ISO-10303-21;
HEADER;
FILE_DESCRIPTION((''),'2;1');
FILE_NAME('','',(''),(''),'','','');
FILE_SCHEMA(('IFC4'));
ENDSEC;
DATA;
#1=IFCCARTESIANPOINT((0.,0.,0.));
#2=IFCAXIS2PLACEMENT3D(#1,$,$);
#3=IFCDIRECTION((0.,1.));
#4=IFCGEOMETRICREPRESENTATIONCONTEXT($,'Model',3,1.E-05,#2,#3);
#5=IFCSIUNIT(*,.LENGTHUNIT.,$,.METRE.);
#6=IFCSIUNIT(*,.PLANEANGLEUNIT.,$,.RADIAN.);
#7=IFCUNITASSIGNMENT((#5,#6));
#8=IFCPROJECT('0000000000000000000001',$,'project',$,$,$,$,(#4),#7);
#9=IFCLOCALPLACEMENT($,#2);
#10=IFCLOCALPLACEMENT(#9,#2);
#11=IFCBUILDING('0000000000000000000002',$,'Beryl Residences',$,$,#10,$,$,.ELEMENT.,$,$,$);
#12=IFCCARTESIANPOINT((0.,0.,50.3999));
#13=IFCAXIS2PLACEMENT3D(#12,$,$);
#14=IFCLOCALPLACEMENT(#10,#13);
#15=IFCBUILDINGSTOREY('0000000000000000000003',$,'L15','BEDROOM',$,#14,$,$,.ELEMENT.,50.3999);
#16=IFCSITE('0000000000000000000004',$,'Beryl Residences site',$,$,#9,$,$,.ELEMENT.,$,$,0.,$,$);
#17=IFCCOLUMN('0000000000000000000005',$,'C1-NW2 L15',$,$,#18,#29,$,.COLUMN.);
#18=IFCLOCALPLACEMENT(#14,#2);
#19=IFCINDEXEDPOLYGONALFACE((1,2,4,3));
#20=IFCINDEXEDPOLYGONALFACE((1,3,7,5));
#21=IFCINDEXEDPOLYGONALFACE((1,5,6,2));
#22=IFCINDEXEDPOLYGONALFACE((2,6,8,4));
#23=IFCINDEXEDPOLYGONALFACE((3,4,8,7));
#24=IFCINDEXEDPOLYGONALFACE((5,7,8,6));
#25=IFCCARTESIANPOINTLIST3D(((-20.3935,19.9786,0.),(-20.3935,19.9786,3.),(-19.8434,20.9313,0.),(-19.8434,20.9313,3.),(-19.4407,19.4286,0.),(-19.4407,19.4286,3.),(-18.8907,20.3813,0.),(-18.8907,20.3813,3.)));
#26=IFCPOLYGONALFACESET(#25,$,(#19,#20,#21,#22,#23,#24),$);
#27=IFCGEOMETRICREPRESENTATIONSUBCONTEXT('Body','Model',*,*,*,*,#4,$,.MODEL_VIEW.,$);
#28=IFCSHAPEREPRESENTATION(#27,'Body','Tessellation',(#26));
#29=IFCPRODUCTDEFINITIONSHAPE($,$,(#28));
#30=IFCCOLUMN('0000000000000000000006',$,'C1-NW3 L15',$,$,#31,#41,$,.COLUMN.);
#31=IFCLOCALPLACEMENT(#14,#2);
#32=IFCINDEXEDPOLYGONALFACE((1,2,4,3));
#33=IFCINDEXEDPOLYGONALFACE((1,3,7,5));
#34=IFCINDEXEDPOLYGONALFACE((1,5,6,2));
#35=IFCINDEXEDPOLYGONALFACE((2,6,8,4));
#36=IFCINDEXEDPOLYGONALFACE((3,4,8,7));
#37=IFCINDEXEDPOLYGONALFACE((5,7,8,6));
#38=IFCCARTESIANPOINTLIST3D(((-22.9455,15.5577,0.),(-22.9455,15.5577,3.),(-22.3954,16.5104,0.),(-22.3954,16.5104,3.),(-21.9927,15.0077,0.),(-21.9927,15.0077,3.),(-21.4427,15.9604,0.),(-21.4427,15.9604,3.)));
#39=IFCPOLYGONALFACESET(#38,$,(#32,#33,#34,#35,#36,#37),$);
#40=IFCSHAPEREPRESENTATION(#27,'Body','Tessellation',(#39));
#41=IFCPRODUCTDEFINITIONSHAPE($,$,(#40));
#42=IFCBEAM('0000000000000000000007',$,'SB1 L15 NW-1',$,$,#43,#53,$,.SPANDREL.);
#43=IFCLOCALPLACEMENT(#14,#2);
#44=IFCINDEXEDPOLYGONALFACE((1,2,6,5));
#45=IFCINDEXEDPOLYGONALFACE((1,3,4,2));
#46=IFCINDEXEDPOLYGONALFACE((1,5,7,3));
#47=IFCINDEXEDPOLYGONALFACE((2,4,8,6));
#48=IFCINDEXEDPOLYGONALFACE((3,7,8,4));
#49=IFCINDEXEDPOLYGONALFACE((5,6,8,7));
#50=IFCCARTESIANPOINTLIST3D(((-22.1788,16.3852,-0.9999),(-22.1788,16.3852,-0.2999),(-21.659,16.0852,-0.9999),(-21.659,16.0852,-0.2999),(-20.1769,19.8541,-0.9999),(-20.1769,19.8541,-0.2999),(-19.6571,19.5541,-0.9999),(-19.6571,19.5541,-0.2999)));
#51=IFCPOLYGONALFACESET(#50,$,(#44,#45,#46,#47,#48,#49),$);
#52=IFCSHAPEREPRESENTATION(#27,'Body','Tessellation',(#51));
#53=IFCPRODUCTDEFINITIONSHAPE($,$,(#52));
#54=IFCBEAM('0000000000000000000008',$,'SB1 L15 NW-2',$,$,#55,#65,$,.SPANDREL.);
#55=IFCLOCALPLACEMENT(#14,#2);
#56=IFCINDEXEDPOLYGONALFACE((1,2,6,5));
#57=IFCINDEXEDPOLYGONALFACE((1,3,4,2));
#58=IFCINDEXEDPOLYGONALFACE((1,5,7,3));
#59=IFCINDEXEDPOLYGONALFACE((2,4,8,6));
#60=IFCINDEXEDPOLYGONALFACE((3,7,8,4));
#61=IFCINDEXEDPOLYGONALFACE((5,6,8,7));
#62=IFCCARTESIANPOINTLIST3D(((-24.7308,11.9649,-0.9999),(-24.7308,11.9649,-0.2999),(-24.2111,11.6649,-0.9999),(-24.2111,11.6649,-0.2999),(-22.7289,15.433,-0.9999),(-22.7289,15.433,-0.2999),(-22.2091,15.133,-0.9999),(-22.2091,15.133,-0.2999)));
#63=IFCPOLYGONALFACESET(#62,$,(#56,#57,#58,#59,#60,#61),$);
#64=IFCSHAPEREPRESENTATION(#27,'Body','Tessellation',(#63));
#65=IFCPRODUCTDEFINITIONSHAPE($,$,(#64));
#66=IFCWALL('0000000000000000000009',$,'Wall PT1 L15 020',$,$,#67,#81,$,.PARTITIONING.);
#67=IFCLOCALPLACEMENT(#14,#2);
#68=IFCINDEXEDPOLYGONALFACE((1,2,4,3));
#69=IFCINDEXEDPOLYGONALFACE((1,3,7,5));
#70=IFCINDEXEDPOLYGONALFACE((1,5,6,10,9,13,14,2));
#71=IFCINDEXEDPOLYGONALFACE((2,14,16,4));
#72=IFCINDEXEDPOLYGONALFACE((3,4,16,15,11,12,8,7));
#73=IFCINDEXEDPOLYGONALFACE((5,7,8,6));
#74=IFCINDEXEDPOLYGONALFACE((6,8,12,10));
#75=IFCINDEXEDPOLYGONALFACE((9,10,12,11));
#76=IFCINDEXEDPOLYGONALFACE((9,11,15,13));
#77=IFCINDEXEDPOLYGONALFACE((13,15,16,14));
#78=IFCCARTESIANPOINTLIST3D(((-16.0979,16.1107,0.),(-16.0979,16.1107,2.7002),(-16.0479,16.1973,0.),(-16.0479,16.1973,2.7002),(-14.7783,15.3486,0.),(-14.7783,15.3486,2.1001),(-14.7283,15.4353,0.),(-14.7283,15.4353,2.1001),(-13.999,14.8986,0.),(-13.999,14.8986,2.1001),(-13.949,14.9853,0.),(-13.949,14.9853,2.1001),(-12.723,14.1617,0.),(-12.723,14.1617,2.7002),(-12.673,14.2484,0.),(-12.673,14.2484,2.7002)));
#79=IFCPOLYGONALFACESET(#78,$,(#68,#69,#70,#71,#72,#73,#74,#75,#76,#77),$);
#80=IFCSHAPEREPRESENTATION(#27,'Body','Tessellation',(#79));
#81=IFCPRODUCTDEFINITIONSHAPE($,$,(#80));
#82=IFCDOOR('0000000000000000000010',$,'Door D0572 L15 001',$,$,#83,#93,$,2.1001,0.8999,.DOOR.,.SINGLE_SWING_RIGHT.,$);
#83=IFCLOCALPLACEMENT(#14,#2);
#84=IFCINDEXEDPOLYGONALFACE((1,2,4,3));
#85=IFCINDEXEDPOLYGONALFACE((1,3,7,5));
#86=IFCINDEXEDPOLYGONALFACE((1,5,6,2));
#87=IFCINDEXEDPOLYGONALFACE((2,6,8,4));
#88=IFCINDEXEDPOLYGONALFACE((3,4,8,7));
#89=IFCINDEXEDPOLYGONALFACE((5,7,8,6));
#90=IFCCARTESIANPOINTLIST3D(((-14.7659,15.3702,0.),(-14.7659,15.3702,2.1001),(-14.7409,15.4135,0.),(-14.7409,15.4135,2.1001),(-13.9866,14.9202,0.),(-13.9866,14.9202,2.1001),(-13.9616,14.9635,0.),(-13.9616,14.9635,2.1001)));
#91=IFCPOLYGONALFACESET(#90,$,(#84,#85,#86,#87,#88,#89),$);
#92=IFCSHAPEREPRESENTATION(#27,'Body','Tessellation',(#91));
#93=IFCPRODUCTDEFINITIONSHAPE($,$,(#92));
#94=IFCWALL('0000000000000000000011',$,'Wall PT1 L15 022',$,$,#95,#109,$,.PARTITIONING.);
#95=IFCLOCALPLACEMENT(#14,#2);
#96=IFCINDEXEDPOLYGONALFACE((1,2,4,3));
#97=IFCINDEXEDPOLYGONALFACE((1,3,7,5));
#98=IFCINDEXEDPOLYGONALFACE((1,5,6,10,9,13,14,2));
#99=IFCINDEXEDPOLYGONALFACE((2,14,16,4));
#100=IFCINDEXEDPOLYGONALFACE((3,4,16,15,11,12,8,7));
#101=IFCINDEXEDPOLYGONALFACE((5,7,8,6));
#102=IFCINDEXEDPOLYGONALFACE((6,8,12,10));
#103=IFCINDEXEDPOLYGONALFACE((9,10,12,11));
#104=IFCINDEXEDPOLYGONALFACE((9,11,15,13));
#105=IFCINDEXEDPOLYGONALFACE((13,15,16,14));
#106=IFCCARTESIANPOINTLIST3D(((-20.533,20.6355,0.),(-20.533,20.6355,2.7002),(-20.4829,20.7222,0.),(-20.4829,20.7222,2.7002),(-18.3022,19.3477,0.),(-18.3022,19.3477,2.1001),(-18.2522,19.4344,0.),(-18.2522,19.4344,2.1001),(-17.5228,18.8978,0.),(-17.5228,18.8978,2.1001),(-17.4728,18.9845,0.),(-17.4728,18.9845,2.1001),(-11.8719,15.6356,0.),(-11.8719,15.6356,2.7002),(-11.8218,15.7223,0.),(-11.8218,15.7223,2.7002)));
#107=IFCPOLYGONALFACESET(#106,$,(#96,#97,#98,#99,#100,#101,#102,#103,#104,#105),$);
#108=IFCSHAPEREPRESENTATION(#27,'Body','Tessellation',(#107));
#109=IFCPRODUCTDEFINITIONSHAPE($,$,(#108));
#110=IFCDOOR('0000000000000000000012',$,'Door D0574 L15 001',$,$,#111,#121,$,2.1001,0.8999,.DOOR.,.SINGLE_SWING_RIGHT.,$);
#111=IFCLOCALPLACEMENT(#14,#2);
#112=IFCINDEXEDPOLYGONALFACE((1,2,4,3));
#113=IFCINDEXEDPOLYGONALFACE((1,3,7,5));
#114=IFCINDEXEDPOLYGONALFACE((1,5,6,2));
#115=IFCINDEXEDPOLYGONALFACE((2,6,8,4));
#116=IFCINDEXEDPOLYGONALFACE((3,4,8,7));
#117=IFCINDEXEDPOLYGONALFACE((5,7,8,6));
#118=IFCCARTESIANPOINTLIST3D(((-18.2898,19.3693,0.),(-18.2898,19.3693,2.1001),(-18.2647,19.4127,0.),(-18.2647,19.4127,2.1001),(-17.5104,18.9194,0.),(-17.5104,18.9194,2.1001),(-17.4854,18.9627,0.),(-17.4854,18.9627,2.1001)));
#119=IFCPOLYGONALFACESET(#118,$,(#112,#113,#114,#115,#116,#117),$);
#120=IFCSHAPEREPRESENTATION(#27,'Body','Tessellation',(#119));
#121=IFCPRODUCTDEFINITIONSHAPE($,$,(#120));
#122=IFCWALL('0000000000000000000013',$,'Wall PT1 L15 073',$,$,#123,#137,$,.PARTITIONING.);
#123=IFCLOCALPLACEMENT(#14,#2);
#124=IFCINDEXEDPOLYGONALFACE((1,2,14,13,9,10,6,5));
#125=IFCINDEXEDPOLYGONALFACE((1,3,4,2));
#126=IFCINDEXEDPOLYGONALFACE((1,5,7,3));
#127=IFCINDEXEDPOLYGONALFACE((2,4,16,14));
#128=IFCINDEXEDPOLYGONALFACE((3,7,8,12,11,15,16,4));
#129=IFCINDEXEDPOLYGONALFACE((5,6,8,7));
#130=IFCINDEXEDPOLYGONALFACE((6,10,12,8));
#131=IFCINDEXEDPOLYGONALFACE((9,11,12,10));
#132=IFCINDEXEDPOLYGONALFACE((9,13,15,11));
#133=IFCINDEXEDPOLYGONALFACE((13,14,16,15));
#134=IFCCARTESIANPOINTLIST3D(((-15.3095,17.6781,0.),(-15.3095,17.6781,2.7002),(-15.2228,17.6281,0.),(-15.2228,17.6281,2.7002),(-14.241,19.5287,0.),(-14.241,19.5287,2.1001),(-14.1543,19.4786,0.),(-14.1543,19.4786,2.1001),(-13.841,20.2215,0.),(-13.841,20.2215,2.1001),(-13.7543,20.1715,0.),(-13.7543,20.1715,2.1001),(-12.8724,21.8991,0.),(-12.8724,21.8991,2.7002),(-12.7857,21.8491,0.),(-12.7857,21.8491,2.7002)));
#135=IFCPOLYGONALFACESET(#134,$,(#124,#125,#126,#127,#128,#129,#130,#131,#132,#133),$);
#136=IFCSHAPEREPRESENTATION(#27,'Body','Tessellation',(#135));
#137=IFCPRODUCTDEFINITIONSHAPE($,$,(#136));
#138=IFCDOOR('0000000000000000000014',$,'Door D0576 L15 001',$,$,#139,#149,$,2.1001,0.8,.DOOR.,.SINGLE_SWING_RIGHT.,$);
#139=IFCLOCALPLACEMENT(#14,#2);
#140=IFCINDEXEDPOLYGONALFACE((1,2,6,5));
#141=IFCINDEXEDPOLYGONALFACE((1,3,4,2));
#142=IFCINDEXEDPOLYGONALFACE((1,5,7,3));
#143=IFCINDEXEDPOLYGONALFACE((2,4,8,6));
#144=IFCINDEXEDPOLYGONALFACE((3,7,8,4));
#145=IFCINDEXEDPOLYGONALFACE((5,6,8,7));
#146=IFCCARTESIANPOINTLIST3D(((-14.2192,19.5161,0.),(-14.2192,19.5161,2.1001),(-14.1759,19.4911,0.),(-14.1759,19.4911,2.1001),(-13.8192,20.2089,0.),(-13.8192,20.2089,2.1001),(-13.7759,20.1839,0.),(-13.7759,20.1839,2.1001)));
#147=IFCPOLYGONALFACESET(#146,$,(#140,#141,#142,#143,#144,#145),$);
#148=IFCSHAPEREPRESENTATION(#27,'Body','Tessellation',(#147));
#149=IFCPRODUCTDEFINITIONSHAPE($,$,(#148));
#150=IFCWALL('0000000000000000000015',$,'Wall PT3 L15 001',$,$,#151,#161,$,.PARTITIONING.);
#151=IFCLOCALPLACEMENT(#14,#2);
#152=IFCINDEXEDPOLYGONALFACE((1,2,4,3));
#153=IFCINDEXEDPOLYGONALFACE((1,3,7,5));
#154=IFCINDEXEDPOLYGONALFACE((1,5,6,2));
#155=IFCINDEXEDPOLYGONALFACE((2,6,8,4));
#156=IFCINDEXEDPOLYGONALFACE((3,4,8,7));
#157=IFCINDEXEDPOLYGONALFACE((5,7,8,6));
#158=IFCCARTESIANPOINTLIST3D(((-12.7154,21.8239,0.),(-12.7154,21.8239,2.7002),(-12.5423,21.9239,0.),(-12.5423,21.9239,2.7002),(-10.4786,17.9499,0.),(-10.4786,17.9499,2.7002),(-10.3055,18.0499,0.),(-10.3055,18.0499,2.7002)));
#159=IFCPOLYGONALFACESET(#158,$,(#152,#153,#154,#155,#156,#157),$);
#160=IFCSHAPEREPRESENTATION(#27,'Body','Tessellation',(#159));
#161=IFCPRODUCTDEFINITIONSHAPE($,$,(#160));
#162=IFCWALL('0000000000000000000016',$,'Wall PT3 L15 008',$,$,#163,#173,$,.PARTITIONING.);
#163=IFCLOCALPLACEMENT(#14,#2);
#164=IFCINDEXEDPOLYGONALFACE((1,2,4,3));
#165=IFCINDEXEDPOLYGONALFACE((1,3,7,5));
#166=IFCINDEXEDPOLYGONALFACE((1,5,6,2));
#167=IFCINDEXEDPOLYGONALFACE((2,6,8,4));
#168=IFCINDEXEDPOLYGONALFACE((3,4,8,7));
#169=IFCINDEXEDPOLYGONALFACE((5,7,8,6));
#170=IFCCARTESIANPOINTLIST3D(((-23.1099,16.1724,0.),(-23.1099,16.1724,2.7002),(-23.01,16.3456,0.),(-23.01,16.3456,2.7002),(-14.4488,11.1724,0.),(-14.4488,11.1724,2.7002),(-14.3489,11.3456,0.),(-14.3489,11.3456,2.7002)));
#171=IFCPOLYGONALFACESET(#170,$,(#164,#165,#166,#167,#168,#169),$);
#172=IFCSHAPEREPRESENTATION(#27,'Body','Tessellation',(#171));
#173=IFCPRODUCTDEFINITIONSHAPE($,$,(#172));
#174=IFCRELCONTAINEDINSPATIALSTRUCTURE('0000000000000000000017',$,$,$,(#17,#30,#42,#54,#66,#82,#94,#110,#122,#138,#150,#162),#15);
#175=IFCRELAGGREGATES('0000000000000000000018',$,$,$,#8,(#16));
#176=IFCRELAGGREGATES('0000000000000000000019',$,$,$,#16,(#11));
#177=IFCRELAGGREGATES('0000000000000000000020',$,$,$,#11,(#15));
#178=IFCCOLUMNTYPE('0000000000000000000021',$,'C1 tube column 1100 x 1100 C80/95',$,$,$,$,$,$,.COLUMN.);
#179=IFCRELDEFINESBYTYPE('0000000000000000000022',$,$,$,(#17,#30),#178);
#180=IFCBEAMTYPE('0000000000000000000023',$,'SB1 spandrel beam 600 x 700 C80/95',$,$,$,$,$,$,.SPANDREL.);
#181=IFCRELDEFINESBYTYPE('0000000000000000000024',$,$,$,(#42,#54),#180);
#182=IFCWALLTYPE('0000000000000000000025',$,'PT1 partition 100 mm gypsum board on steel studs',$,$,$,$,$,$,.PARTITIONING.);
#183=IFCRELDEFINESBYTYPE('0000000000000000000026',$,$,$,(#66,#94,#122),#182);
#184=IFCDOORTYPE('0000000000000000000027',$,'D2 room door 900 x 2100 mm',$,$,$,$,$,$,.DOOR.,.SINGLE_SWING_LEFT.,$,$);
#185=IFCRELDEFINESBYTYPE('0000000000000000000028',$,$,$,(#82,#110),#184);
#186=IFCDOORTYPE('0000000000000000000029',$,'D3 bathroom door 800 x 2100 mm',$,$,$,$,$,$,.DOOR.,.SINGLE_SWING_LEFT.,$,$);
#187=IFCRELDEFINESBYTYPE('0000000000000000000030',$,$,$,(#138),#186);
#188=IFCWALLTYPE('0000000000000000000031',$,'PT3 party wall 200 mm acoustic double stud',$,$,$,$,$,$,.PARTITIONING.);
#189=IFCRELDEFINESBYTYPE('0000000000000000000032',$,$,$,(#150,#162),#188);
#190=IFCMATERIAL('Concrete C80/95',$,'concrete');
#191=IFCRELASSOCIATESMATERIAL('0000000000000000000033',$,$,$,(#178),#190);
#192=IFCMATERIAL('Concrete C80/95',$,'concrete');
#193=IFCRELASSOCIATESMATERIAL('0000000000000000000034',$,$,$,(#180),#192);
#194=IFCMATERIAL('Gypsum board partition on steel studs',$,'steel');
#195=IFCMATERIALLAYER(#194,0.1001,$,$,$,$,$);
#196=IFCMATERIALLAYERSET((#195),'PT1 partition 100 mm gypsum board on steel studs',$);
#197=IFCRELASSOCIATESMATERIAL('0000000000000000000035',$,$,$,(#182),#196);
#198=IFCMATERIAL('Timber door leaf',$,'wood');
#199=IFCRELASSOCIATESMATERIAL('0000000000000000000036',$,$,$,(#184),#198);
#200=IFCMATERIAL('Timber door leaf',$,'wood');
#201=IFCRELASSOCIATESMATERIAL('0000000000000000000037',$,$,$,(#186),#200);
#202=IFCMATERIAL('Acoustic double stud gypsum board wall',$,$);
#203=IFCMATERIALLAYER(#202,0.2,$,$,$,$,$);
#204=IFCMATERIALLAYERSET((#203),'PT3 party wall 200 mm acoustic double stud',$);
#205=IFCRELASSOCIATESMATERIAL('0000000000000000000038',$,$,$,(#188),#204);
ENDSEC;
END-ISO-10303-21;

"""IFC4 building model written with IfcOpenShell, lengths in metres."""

from ifc_helpers import new_model, si_unit, direction, frame, frame_2d, origin, origin_2d, place, context, subcontext, project, spatial, rectangle, extrude, material, layer, layer_set, material_profile, profile_set, type_object, element, fill, save


model = new_model("IFC4")

# Units and contexts
model_context = context("Model", 3, precision=1e-05, world=origin(), true_north=direction((0.0, 1.0)))
body_context = subcontext(model_context, "Body", "Model", "MODEL_VIEW")
ifc_project = project(units=[si_unit("LENGTHUNIT", "METRE"), si_unit("PLANEANGLEUNIT", "RADIAN")], contexts=[model_context])

# Site, building, storey
site_placement = place(None, origin())
site = spatial("IfcSite", under=ifc_project, at=site_placement, Name="Beryl Residences site", CompositionType="ELEMENT", RefElevation=0.0)
building_placement = place(site_placement, origin())
building = spatial("IfcBuilding", under=site, at=building_placement, Name="Beryl Residences", CompositionType="ELEMENT")
storey_placement = place(building_placement, frame((0.0, 0.0, 50.3999)))
storey = spatial("IfcBuildingStorey", under=building, at=storey_placement, Name="L15", Description="BEDROOM", CompositionType="ELEMENT", Elevation=50.3999)

# Columns
ifc_material_1 = material(Name="Concrete C80/95", Category="concrete")
ifc_material_profile_1 = material_profile(ifc_material_1, rectangle(XDim=1.1001, YDim=1.1001, at=origin_2d()))
ifc_profile_set_1 = profile_set([ifc_material_profile_1], Name="Concrete C80/95")
column_type = type_object("IfcColumnType", Name="C1 tube column 1100 x 1100 C80/95", PredefinedType="COLUMN", material=ifc_profile_set_1)
for number, where, z_axis, x_axis, name in (
    (1, (-19.6421, 20.1799, 0.0), (0.0, 0.0, 1.0), (-0.499985, -0.866034, 0.0), "C1-NW2 L15"),
    (2, (-22.1941, 15.759, 0.0), (0.0, 0.0, 1.0), (-0.499985, -0.866034, 0.0), "C1-NW3 L15"),
):
    element("IfcColumn", number, at=place(storey_placement, frame(where, z_axis=z_axis, x_axis=x_axis)), inside=storey, type_object=column_type, Name=name, PredefinedType="COLUMN", context=body_context, shape_type="SweptSolid", body=[
        extrude(rectangle(XDim=1.1001, YDim=1.1001, at=origin_2d()), origin(), (0.0, 0.0, 1.0), 3.0),
    ])

# Beams
ifc_material_2 = material(Name="Concrete C80/95", Category="concrete")
ifc_material_profile_2 = material_profile(ifc_material_2, rectangle(XDim=0.6001, YDim=0.7, at=origin_2d()))
ifc_profile_set_2 = profile_set([ifc_material_profile_2], Name="Concrete C80/95")
beam_type = type_object("IfcBeamType", Name="SB1 spandrel beam 600 x 700 C80/95", PredefinedType="SPANDREL", material=ifc_profile_set_2)
beam_1_placement = place(storey_placement, frame((-19.917, 19.7041, -0.6499), z_axis=(-0.499837, -0.86612, 0.0), x_axis=(0.86612, -0.499837, 0.0)))
element("IfcBeam", 3, at=beam_1_placement, inside=storey, type_object=beam_type, Name="SB1 L15 NW-1", PredefinedType="SPANDREL", context=body_context, shape_type="SweptSolid", body=[
    extrude(rectangle(XDim=0.6001, YDim=0.7, at=origin_2d()), origin(), (0.0, 0.0, 1.0), 4.0051),
])
beam_2_placement = place(storey_placement, frame((-22.469, 15.283, -0.6499), z_axis=(-0.499942, -0.866059, 0.0), x_axis=(0.866059, -0.499942, 0.0)))
element("IfcBeam", 4, at=beam_2_placement, inside=storey, type_object=beam_type, Name="SB1 L15 NW-2", PredefinedType="SPANDREL", context=body_context, shape_type="SweptSolid", body=[
    extrude(rectangle(XDim=0.6001, YDim=0.7, at=origin_2d()), origin(), (0.0, 0.0, 1.0), 4.0044),
])

# Walls, openings, doors
ifc_material_3 = material(Name="Gypsum board partition on steel studs", Category="steel")
ifc_layer_1 = layer(ifc_material_3, 0.1001)
ifc_layer_set_1 = layer_set([ifc_layer_1], Name="PT1 partition 100 mm gypsum board on steel studs")
wall_type_1 = type_object("IfcWallType", Name="PT1 partition 100 mm gypsum board on steel studs", PredefinedType="PARTITIONING", material=ifc_layer_set_1)
wall_1_placement = place(storey_placement, frame((-16.073, 16.1541, 0.0), z_axis=(0.0, 0.0, 1.0), x_axis=(0.865979, -0.50008, 0.0)))
wall_1 = element("IfcWall", 5, at=wall_1_placement, inside=storey, type_object=wall_type_1, Name="Wall PT1 L15 020", PredefinedType="PARTITIONING", context=body_context, shape_type="SweptSolid", body=[
    extrude(rectangle(XDim=3.8972, YDim=0.1001, at=frame_2d((1.9487, 0.0))), origin(), (0.0, 0.0, 1.0), 2.7002),
])
opening_1_placement = place(wall_1_placement, frame((1.5239, 0.0, 0.0)))
opening_1 = element("IfcOpeningElement", 6, at=opening_1_placement, cuts=wall_1, PredefinedType="OPENING", context=body_context, shape_type="SweptSolid", body=[
    extrude(rectangle(XDim=0.8999, YDim=2.1001, at=frame_2d((0.45, 1.05))), frame((0.0, 0.0601, 0.0), z_axis=(0.0, -1.0, 0.0), x_axis=(1.0, 0.0, 0.0)), (0.0, 0.0, 1.0), 0.1201),
])
ifc_material_4 = material(Name="Timber door leaf", Category="wood")
door_type_1 = type_object("IfcDoorType", Name="D2 room door 900 x 2100 mm", OperationType="SINGLE_SWING_LEFT", PredefinedType="DOOR", material=ifc_material_4)
door_1_placement = place(opening_1_placement, origin())
door_1 = element("IfcDoor", 7, at=door_1_placement, inside=storey, type_object=door_type_1, Name="Door D0572 L15 001", OperationType="SINGLE_SWING_RIGHT", OverallHeight=2.1001, OverallWidth=0.8999, PredefinedType="DOOR", context=body_context, shape_type="SweptSolid", body=[
    extrude(rectangle(XDim=0.8999, YDim=2.1001, at=frame_2d((0.45, 1.05))), frame((0.0, 0.0249, 0.0), z_axis=(0.0, -1.0, 0.0), x_axis=(1.0, 0.0, 0.0)), (0.0, 0.0, 1.0), 0.05),
])
fill(opening_1, door_1)
wall_2_placement = place(storey_placement, frame((-20.5081, 20.679, 0.0), z_axis=(0.0, 0.0, 1.0), x_axis=(0.866047, -0.499962, 0.0)))
wall_2 = element("IfcWall", 8, at=wall_2_placement, inside=storey, type_object=wall_type_1, Name="Wall PT1 L15 022", PredefinedType="PARTITIONING", context=body_context, shape_type="SweptSolid", body=[
    extrude(rectangle(XDim=10.0007, YDim=0.1001, at=frame_2d((5.0005, 0.0))), origin(), (0.0, 0.0, 1.0), 2.7002),
])
opening_2_placement = place(wall_2_placement, frame((2.5759, 0.0, 0.0)))
opening_2 = element("IfcOpeningElement", 9, at=opening_2_placement, cuts=wall_2, PredefinedType="OPENING", context=body_context, shape_type="SweptSolid", body=[
    extrude(rectangle(XDim=0.8999, YDim=2.1001, at=frame_2d((0.45, 1.05))), frame((0.0, 0.0601, 0.0), z_axis=(0.0, -1.0, 0.0), x_axis=(1.0, 0.0, 0.0)), (0.0, 0.0, 1.0), 0.1201),
])
door_2_placement = place(opening_2_placement, origin())
door_2 = element("IfcDoor", 10, at=door_2_placement, inside=storey, type_object=door_type_1, Name="Door D0574 L15 001", OperationType="SINGLE_SWING_RIGHT", OverallHeight=2.1001, OverallWidth=0.8999, PredefinedType="DOOR", context=body_context, shape_type="SweptSolid", body=[
    extrude(rectangle(XDim=0.8999, YDim=2.1001, at=frame_2d((0.45, 1.05))), frame((0.0, 0.0249, 0.0), z_axis=(0.0, -1.0, 0.0), x_axis=(1.0, 0.0, 0.0)), (0.0, 0.0, 1.0), 0.05),
])
fill(opening_2, door_2)
wall_3_placement = place(storey_placement, frame((-15.2661, 17.6531, 0.0), z_axis=(0.0, 0.0, 1.0), x_axis=(0.500007, 0.866021, 0.0)))
wall_3 = element("IfcWall", 11, at=wall_3_placement, inside=storey, type_object=wall_type_1, Name="Wall PT1 L15 073", PredefinedType="PARTITIONING", context=body_context, shape_type="SweptSolid", body=[
    extrude(rectangle(XDim=4.874, YDim=0.1001, at=frame_2d((2.437, 0.0))), origin(), (0.0, 0.0, 1.0), 2.7002),
])
opening_3_placement = place(wall_3_placement, frame((2.137, 0.0, 0.0)))
opening_3 = element("IfcOpeningElement", 12, at=opening_3_placement, cuts=wall_3, PredefinedType="OPENING", context=body_context, shape_type="SweptSolid", body=[
    extrude(rectangle(XDim=0.8, YDim=2.1001, at=frame_2d((0.3999, 1.05))), frame((0.0, 0.0601, 0.0), z_axis=(0.0, -1.0, 0.0), x_axis=(1.0, 0.0, 0.0)), (0.0, 0.0, 1.0), 0.1201),
])
ifc_material_5 = material(Name="Timber door leaf", Category="wood")
door_type_2 = type_object("IfcDoorType", Name="D3 bathroom door 800 x 2100 mm", OperationType="SINGLE_SWING_LEFT", PredefinedType="DOOR", material=ifc_material_5)
door_3_placement = place(opening_3_placement, origin())
door_3 = element("IfcDoor", 13, at=door_3_placement, inside=storey, type_object=door_type_2, Name="Door D0576 L15 001", OperationType="SINGLE_SWING_RIGHT", OverallHeight=2.1001, OverallWidth=0.8, PredefinedType="DOOR", context=body_context, shape_type="SweptSolid", body=[
    extrude(rectangle(XDim=0.8, YDim=2.1001, at=frame_2d((0.3999, 1.05))), frame((0.0, 0.0249, 0.0), z_axis=(0.0, -1.0, 0.0), x_axis=(1.0, 0.0, 0.0)), (0.0, 0.0, 1.0), 0.05),
])
fill(opening_3, door_3)

# Walls
ifc_material_6 = material(Name="Acoustic double stud gypsum board wall")
ifc_layer_2 = layer(ifc_material_6, 0.2)
ifc_layer_set_2 = layer_set([ifc_layer_2], Name="PT3 party wall 200 mm acoustic double stud")
wall_type_2 = type_object("IfcWallType", Name="PT3 party wall 200 mm acoustic double stud", PredefinedType="PARTITIONING", material=ifc_layer_set_2)
wall_4_placement = place(storey_placement, frame((-12.6289, 21.874, 0.0), z_axis=(0.0, 0.0, 1.0), x_axis=(0.500025, -0.866011, 0.0)))
element("IfcWall", 14, at=wall_4_placement, inside=storey, type_object=wall_type_2, Name="Wall PT3 L15 001", PredefinedType="PARTITIONING", context=body_context, shape_type="SweptSolid", body=[
    extrude(rectangle(XDim=4.4734, YDim=0.2, at=frame_2d((2.2368, 0.0))), origin(), (0.0, 0.0, 1.0), 2.7002),
])
wall_5_placement = place(storey_placement, frame((-23.0601, 16.259, 0.0), z_axis=(0.0, 0.0, 1.0), x_axis=(0.866047, -0.499962, 0.0)))
element("IfcWall", 15, at=wall_5_placement, inside=storey, type_object=wall_type_2, Name="Wall PT3 L15 008", PredefinedType="PARTITIONING", context=body_context, shape_type="SweptSolid", body=[
    extrude(rectangle(XDim=10.0007, YDim=0.2, at=frame_2d((5.0005, 0.0))), origin(), (0.0, 0.0, 1.0), 2.7002),
])

save(model, "model.ifc")
